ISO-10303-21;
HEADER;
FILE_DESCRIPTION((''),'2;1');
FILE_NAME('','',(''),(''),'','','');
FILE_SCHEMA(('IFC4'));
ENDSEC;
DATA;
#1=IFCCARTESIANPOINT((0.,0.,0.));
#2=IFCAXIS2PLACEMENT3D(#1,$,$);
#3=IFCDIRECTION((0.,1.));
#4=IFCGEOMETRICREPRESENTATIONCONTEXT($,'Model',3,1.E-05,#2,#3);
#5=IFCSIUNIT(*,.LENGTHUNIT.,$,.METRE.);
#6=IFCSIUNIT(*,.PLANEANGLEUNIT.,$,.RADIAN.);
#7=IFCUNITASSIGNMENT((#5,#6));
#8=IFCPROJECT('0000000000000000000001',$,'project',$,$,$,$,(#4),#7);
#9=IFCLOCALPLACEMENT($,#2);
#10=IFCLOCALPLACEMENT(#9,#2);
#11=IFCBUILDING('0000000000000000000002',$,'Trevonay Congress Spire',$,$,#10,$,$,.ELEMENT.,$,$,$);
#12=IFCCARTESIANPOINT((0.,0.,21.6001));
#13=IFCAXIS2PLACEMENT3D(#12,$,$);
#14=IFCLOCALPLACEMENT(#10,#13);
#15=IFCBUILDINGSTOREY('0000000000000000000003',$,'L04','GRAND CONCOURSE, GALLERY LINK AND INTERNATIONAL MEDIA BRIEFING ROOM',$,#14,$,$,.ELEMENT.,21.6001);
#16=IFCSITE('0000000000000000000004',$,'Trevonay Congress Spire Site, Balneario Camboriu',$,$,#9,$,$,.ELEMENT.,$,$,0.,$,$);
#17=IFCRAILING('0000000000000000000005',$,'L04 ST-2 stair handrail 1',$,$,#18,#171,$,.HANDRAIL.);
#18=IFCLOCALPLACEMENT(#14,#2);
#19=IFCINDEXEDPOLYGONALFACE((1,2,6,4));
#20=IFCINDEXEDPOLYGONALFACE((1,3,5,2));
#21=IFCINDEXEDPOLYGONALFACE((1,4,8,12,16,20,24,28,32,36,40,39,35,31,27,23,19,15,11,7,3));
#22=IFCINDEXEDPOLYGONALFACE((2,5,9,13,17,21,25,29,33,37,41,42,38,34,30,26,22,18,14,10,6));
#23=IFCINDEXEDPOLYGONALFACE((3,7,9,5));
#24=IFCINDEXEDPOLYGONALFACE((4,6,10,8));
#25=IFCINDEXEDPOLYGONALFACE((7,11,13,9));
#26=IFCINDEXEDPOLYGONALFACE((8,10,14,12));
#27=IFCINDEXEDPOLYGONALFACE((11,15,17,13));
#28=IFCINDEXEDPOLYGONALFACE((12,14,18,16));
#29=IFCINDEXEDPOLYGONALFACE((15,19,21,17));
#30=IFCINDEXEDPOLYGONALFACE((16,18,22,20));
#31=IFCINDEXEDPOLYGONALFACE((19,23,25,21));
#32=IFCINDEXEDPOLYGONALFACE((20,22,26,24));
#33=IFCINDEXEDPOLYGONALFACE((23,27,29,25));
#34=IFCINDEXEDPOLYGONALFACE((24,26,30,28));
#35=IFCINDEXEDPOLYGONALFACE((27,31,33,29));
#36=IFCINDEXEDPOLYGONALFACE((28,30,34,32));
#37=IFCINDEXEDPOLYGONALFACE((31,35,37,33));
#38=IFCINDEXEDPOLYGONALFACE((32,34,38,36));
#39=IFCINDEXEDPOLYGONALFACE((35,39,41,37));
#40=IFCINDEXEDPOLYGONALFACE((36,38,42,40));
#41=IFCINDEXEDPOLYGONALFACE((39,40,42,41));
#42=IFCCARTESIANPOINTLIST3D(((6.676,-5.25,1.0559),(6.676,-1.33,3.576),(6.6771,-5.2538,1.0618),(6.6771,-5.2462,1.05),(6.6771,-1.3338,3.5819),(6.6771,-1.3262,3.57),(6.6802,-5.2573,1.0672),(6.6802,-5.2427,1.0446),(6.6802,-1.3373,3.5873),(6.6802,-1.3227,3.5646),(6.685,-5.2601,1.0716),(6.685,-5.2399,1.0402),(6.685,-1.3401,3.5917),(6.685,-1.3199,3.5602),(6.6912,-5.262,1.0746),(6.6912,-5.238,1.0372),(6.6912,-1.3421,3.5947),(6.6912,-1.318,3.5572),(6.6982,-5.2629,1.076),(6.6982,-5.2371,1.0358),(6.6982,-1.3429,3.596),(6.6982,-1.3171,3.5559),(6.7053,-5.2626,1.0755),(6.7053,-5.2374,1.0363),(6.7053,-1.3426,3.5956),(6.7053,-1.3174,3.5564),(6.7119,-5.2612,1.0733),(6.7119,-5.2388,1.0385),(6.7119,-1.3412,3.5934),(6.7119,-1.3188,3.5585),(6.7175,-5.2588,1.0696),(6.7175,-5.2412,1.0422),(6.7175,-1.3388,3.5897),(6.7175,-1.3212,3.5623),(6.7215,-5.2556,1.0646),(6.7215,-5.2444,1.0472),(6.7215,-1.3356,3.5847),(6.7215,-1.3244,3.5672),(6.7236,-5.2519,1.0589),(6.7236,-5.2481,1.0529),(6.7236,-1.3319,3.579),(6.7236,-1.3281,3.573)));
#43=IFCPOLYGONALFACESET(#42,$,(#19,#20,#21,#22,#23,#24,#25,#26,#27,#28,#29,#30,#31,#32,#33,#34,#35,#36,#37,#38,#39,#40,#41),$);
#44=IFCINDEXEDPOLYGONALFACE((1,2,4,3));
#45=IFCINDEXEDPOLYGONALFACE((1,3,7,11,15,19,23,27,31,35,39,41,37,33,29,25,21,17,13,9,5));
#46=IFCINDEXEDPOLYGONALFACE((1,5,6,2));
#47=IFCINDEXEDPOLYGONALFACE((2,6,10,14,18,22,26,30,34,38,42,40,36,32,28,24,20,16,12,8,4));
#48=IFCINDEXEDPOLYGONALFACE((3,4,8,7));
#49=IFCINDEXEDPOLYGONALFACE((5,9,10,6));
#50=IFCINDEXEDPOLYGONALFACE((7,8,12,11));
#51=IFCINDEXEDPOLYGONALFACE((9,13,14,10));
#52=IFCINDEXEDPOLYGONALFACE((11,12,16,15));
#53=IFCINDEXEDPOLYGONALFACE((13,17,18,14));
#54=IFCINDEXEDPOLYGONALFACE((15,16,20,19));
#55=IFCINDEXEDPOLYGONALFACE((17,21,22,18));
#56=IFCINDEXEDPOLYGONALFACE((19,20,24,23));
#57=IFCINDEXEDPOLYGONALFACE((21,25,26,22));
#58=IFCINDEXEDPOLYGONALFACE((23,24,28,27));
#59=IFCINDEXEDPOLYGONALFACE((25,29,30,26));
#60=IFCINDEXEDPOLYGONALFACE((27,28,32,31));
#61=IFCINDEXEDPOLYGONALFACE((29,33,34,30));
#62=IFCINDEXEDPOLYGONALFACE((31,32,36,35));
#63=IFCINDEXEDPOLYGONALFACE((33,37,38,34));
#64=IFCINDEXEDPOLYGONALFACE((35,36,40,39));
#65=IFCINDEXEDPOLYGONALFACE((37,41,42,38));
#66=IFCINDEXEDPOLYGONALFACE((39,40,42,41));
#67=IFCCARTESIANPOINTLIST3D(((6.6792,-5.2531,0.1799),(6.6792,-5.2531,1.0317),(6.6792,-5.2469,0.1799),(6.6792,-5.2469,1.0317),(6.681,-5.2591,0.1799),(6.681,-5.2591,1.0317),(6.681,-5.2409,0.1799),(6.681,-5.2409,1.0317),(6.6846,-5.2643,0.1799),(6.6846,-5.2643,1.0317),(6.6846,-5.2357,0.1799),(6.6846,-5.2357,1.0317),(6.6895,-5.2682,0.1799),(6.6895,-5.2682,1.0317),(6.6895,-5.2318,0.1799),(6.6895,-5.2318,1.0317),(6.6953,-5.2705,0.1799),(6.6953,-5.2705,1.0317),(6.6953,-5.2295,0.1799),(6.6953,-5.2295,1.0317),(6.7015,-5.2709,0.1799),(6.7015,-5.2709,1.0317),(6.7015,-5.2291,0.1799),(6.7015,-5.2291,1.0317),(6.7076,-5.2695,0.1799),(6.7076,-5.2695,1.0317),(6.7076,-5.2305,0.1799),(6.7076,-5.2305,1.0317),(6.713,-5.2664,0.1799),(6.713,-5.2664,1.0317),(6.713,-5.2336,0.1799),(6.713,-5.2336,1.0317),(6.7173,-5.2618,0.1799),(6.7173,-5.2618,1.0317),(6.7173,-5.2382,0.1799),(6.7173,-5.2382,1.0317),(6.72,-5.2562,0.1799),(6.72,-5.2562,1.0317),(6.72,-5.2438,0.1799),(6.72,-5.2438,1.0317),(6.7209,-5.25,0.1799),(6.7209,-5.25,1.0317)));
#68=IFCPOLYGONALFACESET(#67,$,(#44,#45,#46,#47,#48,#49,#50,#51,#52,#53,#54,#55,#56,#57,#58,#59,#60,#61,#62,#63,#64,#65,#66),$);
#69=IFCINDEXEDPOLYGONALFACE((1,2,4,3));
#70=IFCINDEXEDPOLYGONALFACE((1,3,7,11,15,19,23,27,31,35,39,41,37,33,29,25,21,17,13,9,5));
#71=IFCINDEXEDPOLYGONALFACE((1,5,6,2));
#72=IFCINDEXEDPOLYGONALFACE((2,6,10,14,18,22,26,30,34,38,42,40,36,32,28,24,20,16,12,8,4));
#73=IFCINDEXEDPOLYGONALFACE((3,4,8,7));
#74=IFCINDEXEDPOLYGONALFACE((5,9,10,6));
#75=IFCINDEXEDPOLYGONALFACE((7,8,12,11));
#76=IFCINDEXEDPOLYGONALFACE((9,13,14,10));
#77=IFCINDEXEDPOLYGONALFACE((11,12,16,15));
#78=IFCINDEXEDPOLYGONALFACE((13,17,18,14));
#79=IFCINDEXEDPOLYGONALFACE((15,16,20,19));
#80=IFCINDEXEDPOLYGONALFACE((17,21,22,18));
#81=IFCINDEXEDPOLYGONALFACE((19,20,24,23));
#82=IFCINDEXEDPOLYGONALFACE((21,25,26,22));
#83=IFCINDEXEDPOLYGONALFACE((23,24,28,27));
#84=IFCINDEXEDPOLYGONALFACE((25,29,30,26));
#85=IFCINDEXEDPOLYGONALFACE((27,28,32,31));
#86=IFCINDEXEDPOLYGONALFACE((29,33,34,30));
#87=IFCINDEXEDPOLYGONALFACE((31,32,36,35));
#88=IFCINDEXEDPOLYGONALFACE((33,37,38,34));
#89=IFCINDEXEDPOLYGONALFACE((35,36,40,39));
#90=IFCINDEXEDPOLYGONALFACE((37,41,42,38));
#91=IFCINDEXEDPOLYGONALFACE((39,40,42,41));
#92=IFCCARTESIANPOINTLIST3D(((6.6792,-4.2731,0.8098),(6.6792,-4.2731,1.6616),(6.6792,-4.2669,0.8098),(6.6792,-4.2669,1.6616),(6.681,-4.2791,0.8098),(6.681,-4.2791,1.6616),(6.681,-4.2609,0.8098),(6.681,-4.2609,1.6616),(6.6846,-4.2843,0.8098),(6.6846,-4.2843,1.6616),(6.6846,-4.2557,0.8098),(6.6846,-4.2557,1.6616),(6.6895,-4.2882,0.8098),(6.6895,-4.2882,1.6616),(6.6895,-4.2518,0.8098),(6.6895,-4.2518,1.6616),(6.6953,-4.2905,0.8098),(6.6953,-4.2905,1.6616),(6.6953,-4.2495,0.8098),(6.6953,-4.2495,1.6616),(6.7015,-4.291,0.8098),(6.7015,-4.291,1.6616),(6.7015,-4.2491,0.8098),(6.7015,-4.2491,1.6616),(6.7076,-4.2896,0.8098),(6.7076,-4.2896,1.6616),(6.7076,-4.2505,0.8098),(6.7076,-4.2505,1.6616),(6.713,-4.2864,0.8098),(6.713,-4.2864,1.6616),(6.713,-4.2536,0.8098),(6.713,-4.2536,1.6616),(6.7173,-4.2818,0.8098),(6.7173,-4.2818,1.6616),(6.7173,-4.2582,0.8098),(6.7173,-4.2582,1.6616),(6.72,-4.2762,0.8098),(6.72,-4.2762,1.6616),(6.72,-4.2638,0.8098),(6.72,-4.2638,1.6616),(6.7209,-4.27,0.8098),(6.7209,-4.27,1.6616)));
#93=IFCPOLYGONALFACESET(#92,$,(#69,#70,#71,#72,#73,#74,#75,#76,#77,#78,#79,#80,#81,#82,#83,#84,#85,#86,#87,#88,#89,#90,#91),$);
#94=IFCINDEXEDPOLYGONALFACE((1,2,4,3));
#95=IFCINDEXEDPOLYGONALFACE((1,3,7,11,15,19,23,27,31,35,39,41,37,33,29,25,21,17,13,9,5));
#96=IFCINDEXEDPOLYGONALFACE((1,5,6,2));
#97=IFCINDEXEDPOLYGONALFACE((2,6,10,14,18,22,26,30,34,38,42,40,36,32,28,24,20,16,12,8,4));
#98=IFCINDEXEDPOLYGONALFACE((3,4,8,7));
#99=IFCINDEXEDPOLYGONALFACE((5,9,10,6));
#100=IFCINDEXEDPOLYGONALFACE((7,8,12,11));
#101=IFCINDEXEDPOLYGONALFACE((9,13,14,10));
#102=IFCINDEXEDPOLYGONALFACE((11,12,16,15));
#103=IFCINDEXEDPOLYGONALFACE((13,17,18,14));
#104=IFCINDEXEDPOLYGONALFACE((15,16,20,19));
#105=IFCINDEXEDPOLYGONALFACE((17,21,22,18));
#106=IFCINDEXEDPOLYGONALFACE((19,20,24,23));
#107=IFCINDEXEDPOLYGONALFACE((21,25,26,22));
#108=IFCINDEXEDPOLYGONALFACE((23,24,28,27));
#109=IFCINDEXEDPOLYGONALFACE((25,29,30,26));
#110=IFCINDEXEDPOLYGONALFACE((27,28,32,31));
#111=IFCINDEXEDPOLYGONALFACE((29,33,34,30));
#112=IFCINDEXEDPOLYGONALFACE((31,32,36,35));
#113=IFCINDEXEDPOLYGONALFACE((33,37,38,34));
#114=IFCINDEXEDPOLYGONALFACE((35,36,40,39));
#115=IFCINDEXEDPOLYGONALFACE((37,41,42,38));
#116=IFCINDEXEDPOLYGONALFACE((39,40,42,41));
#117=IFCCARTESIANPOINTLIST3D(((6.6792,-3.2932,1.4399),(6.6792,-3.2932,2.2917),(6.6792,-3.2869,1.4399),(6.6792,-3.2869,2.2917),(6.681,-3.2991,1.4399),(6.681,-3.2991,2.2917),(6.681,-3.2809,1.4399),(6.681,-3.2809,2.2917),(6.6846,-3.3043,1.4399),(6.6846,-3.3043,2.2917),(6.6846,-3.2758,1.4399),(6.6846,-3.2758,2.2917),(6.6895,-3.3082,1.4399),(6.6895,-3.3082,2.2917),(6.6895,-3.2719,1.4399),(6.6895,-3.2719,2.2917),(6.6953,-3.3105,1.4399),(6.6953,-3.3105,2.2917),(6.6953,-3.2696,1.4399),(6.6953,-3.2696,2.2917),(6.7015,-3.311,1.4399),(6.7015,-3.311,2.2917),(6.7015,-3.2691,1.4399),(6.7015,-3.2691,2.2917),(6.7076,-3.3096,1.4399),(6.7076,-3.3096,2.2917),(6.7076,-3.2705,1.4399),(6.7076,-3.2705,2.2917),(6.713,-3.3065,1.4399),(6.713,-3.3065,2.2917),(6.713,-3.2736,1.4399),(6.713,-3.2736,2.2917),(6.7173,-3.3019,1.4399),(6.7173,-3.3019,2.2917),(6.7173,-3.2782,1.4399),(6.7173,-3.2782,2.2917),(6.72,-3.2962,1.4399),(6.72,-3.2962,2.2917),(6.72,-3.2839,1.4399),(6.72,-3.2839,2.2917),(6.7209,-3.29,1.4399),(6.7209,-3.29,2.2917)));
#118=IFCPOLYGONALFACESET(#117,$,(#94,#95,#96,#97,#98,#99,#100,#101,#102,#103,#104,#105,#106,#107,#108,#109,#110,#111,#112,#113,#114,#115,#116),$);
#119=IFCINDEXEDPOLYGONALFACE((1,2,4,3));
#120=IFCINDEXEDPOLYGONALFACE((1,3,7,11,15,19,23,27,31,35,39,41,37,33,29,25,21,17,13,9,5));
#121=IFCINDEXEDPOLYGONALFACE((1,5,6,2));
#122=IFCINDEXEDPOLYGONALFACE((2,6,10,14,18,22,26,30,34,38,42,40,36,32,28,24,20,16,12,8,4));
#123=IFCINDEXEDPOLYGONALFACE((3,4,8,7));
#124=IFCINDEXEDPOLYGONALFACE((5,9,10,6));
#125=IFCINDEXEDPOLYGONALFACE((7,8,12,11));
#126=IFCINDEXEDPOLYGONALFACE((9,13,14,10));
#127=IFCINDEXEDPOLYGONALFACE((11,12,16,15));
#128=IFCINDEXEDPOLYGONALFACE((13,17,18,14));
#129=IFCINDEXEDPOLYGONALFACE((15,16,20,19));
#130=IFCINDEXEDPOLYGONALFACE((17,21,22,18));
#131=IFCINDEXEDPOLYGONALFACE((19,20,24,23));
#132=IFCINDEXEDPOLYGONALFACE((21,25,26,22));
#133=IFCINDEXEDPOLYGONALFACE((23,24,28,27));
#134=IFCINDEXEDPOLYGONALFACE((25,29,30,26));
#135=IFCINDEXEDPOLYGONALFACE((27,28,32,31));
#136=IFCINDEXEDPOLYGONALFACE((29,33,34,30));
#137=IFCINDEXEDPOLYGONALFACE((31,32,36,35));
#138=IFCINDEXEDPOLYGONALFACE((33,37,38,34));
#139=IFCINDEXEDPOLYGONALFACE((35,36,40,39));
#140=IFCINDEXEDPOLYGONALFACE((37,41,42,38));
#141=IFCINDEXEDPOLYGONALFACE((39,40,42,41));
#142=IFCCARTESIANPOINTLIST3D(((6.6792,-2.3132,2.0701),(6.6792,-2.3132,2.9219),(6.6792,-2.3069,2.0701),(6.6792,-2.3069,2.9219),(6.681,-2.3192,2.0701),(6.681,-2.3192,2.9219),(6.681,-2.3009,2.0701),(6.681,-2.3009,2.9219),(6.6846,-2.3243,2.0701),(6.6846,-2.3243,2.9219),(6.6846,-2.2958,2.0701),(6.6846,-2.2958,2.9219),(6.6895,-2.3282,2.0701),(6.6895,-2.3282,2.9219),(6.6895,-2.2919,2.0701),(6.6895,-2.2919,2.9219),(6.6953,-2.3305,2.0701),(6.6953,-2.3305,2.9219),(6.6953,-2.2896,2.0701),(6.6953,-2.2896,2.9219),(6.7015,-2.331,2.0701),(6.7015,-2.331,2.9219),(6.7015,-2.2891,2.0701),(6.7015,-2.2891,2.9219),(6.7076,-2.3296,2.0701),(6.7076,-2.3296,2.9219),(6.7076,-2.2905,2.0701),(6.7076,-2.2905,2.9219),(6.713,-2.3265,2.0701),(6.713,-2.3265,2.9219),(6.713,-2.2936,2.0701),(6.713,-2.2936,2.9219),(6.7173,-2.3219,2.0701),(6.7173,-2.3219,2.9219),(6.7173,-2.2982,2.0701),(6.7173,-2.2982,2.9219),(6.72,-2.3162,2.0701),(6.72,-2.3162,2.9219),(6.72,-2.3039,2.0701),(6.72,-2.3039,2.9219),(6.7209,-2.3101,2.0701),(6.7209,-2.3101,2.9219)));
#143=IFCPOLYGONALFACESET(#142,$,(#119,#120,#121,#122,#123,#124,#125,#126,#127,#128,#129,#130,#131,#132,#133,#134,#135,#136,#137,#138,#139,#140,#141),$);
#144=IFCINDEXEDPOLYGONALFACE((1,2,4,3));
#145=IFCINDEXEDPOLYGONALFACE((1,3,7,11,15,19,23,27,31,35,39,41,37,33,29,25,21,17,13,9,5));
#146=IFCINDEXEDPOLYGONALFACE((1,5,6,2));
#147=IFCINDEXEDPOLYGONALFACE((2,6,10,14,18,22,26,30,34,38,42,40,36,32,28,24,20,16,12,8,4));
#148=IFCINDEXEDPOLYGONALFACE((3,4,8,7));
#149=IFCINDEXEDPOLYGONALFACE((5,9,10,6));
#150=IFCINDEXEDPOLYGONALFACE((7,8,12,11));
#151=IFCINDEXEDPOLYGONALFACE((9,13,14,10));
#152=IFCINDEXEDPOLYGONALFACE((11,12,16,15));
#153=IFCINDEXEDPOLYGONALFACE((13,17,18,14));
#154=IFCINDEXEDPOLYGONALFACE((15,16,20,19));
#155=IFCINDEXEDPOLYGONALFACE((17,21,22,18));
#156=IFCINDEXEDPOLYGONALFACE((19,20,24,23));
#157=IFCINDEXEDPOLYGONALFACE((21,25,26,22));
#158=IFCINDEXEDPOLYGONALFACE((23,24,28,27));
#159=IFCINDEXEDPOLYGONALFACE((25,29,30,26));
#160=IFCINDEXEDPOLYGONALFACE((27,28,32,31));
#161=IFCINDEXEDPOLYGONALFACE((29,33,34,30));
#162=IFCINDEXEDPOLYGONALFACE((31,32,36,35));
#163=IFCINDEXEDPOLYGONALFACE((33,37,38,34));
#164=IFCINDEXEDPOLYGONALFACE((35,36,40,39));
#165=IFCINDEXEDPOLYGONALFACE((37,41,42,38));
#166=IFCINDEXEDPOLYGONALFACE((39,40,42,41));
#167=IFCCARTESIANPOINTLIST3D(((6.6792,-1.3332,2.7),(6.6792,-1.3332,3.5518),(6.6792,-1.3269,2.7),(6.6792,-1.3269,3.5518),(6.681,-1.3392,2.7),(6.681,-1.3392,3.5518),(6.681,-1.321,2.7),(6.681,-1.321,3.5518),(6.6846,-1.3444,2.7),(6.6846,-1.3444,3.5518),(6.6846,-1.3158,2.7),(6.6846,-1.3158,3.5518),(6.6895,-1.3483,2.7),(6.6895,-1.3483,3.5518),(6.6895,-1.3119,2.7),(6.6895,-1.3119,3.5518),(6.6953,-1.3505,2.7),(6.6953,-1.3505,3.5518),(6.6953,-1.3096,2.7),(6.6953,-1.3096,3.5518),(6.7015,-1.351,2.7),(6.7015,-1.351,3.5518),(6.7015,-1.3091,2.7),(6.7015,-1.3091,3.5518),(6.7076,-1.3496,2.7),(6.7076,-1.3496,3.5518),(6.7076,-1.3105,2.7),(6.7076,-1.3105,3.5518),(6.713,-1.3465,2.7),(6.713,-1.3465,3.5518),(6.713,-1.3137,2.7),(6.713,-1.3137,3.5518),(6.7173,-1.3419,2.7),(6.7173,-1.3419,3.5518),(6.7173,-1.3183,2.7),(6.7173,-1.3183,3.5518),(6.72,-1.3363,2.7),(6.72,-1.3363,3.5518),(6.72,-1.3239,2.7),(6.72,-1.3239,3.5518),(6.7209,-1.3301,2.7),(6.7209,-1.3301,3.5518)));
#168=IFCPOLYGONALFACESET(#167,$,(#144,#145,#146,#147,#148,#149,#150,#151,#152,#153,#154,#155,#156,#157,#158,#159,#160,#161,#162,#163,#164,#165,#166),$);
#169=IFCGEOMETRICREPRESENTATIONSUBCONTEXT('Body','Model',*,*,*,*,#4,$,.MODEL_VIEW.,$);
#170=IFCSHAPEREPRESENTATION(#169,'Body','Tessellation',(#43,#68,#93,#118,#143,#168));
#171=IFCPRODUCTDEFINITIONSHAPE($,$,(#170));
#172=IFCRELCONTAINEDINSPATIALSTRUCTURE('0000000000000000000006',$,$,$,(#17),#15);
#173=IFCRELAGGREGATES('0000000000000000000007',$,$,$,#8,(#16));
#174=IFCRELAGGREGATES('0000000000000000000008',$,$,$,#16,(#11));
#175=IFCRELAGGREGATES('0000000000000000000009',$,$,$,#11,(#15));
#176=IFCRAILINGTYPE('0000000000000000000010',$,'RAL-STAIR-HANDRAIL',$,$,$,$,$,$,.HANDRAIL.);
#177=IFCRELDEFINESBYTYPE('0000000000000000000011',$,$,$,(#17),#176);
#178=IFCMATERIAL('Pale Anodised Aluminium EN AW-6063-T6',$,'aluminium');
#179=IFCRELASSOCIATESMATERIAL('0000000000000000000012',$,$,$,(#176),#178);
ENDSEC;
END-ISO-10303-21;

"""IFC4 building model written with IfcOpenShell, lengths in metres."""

from ifc_helpers import new_model, si_unit, direction, frame, origin, origin_2d, place, context, subcontext, project, spatial, circle, extrude, material, type_object, element, save


model = new_model("IFC4")

# Units and contexts
model_context = context("Model", 3, precision=1e-05, world=origin(), true_north=direction((0.0, 1.0)))
body_context = subcontext(model_context, "Body", "Model", "MODEL_VIEW")
ifc_project = project(units=[si_unit("LENGTHUNIT", "METRE"), si_unit("PLANEANGLEUNIT", "RADIAN")], contexts=[model_context])

# Site, building, storey
site_placement = place(None, origin())
site = spatial("IfcSite", under=ifc_project, at=site_placement, Name="Trevonay Congress Spire Site, Balneario Camboriu", CompositionType="ELEMENT", RefElevation=0.0)
building_placement = place(site_placement, origin())
building = spatial("IfcBuilding", under=site, at=building_placement, Name="Trevonay Congress Spire", CompositionType="ELEMENT")
storey_placement = place(building_placement, frame((0.0, 0.0, 21.6001)))
storey = spatial("IfcBuildingStorey", under=building, at=storey_placement, Name="L04", Description="GRAND CONCOURSE, GALLERY LINK AND INTERNATIONAL MEDIA BRIEFING ROOM", CompositionType="ELEMENT", Elevation=21.6001)

# Railing
ifc_material_1 = material(Name="Pale Anodised Aluminium EN AW-6063-T6", Category="aluminium")
railing_type_1 = type_object("IfcRailingType", Name="RAL-STAIR-HANDRAIL", PredefinedType="HANDRAIL", material=ifc_material_1)
railing_1_placement = place(storey_placement, frame((6.7, -5.25, 0.1799)))
element("IfcRailing", 1, at=railing_1_placement, inside=storey, type_object=railing_type_1, Name="L04 ST-2 stair handrail 1", PredefinedType="HANDRAIL", context=body_context, shape_type="SweptSolid", body=[
    extrude(circle(Radius=0.0239, at=origin_2d()), frame((0.0, 0.0, 0.876), z_axis=(0.0, 0.841172, 0.540768), x_axis=(-1.0, 0.0, 0.0)), (0.0, 0.0, 1.0), 4.6602),
    extrude(circle(Radius=0.021, at=origin_2d()), origin(), (0.0, 0.0, 1.0), 0.8518),
    extrude(circle(Radius=0.021, at=origin_2d()), frame((0.0, 0.98, 0.6299)), (0.0, 0.0, 1.0), 0.8518),
    extrude(circle(Radius=0.021, at=origin_2d()), frame((0.0, 1.96, 1.26)), (0.0, 0.0, 1.0), 0.8518),
    extrude(circle(Radius=0.021, at=origin_2d()), frame((0.0, 2.9399, 1.8901)), (0.0, 0.0, 1.0), 0.8518),
    extrude(circle(Radius=0.021, at=origin_2d()), frame((0.0, 3.9199, 2.52)), (0.0, 0.0, 1.0), 0.8518),
])

save(model, "model.ifc")
